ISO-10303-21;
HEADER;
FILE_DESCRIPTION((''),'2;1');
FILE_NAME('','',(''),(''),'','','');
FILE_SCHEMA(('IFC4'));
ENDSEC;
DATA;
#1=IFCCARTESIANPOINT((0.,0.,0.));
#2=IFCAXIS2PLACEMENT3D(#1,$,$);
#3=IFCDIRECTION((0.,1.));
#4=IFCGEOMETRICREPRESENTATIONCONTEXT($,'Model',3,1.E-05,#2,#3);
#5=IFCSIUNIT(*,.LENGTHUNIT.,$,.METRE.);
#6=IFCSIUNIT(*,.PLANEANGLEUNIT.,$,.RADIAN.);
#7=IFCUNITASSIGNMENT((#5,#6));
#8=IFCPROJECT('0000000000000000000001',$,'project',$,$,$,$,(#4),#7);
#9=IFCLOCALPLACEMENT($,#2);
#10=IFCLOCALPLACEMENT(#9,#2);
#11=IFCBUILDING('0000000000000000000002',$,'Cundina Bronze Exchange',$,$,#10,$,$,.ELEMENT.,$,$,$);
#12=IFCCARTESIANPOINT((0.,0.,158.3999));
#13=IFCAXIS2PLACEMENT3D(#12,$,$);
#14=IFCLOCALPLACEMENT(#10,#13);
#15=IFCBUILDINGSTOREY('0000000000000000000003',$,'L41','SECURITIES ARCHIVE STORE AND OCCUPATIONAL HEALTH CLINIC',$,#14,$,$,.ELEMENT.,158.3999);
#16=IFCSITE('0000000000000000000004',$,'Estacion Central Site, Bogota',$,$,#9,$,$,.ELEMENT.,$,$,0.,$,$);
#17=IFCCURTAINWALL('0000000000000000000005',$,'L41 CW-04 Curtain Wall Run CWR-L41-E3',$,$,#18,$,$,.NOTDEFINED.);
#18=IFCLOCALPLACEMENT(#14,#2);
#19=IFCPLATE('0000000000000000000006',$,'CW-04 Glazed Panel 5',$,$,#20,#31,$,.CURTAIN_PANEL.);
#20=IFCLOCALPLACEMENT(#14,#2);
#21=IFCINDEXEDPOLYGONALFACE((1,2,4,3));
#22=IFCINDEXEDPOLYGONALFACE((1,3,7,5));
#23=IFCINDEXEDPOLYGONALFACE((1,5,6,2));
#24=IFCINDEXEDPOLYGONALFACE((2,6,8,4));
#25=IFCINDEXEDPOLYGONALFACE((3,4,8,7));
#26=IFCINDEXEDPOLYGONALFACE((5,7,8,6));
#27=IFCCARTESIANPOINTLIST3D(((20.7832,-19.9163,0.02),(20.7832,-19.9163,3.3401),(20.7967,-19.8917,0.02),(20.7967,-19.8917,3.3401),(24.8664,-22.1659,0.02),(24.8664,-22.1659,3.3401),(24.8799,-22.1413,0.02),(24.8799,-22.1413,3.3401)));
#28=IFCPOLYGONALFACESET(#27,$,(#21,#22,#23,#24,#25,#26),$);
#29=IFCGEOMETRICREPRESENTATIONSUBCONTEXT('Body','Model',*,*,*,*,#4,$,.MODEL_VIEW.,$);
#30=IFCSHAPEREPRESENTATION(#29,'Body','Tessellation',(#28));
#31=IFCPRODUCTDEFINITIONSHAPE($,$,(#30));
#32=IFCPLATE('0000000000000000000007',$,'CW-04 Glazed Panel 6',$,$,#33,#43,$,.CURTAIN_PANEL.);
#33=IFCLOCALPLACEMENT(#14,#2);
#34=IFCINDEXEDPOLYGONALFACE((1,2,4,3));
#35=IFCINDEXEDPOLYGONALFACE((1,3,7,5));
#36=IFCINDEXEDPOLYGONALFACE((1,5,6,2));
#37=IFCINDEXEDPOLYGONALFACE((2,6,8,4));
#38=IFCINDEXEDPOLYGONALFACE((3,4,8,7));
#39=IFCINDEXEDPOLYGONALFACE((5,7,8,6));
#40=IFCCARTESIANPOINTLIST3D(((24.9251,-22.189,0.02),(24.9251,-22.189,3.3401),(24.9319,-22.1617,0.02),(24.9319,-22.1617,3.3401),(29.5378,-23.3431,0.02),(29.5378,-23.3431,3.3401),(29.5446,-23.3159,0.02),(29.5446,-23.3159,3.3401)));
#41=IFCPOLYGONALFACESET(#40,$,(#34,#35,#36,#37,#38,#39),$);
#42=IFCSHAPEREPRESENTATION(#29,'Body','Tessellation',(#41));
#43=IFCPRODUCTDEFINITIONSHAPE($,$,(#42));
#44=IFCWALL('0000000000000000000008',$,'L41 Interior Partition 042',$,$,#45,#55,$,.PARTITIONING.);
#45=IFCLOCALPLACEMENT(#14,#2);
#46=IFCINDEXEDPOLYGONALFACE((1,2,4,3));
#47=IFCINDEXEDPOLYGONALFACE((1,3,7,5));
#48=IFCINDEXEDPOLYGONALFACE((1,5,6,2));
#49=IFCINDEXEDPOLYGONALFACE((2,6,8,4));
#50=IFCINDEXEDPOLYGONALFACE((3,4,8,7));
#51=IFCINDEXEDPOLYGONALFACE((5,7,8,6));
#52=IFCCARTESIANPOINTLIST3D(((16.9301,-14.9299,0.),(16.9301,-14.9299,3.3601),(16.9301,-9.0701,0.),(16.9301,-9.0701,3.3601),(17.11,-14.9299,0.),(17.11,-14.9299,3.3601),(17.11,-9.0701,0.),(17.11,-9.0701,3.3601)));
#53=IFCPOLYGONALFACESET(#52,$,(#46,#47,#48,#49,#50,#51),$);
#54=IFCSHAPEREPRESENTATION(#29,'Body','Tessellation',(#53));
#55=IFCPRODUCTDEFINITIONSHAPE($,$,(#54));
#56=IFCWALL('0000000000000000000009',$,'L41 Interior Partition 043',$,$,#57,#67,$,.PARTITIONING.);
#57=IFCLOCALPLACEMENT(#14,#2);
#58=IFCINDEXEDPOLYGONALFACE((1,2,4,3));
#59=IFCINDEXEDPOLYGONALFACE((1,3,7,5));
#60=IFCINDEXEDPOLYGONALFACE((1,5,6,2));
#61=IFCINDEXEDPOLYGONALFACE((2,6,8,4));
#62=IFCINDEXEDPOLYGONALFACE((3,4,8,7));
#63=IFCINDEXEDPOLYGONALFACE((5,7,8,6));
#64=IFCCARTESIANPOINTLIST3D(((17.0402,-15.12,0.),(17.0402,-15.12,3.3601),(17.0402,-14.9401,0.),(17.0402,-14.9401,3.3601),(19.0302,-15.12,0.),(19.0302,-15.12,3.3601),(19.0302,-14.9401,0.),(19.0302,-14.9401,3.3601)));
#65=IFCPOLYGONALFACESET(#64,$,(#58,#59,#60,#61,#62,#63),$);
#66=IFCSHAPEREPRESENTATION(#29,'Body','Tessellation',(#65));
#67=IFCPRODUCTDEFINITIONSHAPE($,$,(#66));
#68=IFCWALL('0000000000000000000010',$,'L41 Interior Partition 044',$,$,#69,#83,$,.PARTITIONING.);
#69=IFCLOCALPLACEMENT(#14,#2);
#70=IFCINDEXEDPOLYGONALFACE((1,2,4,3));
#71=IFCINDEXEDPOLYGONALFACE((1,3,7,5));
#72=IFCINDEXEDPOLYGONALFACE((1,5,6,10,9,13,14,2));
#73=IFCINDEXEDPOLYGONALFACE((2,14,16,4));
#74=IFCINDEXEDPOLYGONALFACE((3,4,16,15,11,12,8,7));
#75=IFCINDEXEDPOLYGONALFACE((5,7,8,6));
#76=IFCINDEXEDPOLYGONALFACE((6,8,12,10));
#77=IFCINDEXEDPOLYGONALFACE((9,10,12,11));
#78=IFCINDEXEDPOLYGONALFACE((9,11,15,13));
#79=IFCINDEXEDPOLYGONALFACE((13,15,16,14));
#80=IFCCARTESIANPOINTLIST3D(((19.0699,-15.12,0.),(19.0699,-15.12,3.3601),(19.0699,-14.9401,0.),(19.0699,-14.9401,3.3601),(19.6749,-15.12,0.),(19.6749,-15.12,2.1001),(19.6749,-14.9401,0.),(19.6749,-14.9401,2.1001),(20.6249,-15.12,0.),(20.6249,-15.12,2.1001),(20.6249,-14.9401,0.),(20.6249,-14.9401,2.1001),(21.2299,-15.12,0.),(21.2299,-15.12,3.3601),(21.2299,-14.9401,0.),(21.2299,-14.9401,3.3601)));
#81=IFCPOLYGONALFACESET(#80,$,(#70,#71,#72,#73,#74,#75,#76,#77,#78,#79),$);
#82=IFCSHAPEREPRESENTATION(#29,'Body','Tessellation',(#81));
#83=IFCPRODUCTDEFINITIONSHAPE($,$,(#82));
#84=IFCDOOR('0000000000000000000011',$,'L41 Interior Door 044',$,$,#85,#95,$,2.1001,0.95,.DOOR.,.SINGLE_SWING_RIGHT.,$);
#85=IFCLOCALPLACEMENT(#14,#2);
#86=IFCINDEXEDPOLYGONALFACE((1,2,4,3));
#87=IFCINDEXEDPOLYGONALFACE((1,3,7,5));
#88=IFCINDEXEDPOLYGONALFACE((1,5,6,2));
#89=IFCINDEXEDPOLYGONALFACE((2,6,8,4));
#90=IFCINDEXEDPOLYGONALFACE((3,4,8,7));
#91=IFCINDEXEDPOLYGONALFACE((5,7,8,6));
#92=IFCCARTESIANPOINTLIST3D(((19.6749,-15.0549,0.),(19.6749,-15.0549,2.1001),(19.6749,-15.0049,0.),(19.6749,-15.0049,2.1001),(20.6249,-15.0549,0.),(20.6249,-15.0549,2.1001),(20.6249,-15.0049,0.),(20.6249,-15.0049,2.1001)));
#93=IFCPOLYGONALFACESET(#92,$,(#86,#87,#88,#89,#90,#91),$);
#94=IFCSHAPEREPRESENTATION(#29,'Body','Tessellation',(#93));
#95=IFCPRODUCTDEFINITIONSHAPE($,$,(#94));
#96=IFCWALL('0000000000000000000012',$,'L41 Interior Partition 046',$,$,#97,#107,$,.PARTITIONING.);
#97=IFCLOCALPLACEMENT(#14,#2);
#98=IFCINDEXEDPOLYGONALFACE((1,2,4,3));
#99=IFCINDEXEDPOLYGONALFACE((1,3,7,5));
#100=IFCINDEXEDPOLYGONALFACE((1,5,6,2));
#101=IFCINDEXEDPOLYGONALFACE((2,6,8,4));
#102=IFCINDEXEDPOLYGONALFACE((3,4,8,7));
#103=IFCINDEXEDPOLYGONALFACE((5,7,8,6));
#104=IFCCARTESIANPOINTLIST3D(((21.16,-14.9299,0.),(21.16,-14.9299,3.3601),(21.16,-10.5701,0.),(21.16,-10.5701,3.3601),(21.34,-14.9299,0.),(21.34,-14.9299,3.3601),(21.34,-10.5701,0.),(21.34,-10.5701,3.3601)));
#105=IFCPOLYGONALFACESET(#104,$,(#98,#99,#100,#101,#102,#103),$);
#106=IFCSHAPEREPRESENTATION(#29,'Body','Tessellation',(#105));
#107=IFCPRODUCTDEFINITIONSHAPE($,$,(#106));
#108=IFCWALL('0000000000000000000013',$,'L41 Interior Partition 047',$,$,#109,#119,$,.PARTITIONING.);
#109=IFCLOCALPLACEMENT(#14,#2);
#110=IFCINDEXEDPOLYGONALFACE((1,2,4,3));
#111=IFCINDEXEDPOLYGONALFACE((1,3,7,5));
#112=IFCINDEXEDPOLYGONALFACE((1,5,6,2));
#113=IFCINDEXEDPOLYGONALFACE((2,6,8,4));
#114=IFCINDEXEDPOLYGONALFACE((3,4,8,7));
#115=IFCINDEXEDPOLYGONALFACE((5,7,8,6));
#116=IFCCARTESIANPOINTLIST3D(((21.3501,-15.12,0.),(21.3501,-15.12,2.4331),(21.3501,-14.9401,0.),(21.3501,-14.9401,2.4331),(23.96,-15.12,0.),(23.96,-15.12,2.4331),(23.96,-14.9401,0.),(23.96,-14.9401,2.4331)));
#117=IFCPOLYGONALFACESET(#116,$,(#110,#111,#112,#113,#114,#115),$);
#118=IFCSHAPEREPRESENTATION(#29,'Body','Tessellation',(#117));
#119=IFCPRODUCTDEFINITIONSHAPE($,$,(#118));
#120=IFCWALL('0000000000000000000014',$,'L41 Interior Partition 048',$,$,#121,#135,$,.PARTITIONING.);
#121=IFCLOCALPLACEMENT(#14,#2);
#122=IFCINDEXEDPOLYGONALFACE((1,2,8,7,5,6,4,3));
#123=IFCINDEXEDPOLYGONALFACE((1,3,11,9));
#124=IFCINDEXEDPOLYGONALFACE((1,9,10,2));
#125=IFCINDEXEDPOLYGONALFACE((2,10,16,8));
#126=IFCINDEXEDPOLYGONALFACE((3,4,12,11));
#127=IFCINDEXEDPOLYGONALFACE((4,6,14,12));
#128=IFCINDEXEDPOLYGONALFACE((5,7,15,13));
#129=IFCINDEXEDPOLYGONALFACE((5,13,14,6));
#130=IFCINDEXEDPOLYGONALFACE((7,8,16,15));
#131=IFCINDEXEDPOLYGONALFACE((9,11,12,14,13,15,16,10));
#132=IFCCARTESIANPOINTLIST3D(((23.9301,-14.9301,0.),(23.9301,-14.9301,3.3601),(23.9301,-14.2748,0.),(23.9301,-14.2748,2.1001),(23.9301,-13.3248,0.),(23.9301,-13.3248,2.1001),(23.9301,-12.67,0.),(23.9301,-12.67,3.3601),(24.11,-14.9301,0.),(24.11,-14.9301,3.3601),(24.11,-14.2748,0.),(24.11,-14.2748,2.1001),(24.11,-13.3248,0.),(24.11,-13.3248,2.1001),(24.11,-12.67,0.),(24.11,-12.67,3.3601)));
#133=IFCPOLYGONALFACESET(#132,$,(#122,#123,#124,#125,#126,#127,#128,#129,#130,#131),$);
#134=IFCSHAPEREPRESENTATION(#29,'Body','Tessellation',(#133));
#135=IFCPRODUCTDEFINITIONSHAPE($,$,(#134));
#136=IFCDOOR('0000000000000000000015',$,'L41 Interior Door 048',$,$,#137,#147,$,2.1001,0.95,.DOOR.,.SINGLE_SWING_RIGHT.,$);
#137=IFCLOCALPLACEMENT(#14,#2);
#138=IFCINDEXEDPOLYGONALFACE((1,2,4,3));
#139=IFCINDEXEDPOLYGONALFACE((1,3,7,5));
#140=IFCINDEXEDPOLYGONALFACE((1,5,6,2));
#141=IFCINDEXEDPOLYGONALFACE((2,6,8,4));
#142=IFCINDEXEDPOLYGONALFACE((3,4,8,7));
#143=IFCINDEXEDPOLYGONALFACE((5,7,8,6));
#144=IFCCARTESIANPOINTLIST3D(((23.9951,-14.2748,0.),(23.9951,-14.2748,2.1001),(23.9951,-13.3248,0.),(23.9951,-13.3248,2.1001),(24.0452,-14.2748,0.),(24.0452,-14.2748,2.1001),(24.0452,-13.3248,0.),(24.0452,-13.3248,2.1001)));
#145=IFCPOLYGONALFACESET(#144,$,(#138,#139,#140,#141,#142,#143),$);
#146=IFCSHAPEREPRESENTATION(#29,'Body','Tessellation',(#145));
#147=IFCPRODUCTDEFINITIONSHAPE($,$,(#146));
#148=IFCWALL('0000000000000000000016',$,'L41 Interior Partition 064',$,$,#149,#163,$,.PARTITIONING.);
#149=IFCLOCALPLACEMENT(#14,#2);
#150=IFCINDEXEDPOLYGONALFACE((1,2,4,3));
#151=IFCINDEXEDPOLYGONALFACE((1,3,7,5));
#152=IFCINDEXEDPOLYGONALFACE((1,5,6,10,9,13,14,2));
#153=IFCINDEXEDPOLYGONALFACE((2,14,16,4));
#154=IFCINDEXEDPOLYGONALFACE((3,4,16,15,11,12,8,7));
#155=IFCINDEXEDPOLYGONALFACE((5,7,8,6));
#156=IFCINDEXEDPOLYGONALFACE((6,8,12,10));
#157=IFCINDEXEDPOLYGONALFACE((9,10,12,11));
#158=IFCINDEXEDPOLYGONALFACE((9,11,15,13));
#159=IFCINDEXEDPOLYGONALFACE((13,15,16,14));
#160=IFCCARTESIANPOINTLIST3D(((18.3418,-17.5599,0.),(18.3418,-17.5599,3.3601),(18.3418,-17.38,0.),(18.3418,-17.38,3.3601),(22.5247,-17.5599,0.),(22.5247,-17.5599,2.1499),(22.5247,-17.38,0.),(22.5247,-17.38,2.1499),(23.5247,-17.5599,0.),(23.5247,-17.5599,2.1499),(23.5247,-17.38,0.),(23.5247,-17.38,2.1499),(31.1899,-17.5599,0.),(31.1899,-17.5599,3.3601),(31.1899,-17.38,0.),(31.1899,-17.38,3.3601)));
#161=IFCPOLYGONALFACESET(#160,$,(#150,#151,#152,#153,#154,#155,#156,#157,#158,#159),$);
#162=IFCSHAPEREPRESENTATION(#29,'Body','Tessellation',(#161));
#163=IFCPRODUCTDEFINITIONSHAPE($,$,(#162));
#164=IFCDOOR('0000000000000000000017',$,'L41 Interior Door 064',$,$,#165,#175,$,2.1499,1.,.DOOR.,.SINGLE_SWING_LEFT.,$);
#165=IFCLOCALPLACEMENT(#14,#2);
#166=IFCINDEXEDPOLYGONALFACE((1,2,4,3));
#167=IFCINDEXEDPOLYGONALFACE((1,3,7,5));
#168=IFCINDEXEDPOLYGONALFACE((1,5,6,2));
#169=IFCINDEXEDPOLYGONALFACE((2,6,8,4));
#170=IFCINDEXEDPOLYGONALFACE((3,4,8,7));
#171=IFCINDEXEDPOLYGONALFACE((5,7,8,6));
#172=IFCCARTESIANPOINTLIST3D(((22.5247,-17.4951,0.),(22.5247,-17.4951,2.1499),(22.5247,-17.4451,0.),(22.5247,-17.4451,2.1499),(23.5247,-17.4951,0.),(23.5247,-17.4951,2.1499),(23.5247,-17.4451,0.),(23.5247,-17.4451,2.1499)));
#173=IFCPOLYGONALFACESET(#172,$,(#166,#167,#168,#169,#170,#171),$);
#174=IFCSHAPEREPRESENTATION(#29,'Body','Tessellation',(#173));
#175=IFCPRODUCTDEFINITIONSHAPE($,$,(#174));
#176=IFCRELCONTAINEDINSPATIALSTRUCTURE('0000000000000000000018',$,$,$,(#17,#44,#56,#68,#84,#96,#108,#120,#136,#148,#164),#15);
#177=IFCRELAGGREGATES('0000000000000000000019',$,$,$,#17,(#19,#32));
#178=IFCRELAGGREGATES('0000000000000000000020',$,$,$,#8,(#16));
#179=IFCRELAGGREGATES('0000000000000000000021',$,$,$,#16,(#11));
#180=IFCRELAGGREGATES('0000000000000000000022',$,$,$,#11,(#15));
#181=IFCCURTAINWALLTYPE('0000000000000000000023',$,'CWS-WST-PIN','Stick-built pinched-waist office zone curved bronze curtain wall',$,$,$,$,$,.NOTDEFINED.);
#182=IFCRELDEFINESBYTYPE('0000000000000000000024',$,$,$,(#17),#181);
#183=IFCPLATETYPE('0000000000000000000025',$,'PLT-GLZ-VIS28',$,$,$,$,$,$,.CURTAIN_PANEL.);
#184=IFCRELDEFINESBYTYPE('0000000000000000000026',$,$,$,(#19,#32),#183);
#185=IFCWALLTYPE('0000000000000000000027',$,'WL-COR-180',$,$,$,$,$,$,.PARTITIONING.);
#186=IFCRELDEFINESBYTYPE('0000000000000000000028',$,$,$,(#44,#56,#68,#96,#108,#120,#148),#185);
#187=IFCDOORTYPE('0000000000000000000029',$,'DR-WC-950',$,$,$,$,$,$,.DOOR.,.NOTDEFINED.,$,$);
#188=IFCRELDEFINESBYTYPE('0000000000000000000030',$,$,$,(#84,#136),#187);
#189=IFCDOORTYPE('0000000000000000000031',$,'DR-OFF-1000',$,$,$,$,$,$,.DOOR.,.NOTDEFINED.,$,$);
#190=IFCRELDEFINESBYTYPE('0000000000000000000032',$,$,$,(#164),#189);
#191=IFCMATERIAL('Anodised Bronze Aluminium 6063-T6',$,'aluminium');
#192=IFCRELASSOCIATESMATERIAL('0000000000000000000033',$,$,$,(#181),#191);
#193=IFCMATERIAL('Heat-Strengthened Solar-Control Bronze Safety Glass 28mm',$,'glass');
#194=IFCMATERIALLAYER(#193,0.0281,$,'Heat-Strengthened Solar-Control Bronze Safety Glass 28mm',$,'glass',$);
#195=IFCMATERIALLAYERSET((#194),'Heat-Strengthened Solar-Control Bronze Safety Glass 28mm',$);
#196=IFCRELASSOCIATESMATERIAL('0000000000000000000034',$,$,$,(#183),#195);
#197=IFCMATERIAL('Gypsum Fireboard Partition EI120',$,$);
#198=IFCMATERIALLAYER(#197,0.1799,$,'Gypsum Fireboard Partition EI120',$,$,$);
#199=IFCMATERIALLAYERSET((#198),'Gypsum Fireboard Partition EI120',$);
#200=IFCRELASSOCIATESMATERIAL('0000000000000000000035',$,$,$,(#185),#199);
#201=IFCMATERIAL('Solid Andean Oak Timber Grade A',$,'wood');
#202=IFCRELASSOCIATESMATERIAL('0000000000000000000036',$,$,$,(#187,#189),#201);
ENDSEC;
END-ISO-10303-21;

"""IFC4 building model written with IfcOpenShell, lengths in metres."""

from ifc_helpers import new_model, si_unit, direction, frame, frame_2d, origin, origin_2d, place, context, subcontext, project, spatial, rectangle, extrude, material, layer, layer_set, type_object, element, fill, aggregate, save


model = new_model("IFC4")

# Units and contexts
model_context = context("Model", 3, precision=1e-05, world=origin(), true_north=direction((0.0, 1.0)))
body_context = subcontext(model_context, "Body", "Model", "MODEL_VIEW")
ifc_project = project(units=[si_unit("LENGTHUNIT", "METRE"), si_unit("PLANEANGLEUNIT", "RADIAN")], contexts=[model_context])

# Site, building, storey
site_placement = place(None, origin())
site = spatial("IfcSite", under=ifc_project, at=site_placement, Name="Estacion Central Site, Bogota", CompositionType="ELEMENT", RefElevation=0.0)
building_placement = place(site_placement, origin())
building = spatial("IfcBuilding", under=site, at=building_placement, Name="Cundina Bronze Exchange", CompositionType="ELEMENT")
storey_placement = place(building_placement, frame((0.0, 0.0, 158.3999)))
storey = spatial("IfcBuildingStorey", under=building, at=storey_placement, Name="L41", Description="SECURITIES ARCHIVE STORE AND OCCUPATIONAL HEALTH CLINIC", CompositionType="ELEMENT", Elevation=158.3999)

# Curtain wall, plates
ifc_material_1 = material(Name="Anodised Bronze Aluminium 6063-T6", Category="aluminium")
curtain_wall_type = type_object("IfcCurtainWallType", Name="CWS-WST-PIN", Description="Stick-built pinched-waist office zone curved bronze curtain wall", PredefinedType="NOTDEFINED", material=ifc_material_1)
curtain_wall_placement = place(storey_placement, origin())
curtain_wall = element("IfcCurtainWall", 1, at=curtain_wall_placement, inside=storey, type_object=curtain_wall_type, Name="L41 CW-04 Curtain Wall Run CWR-L41-E3", PredefinedType="NOTDEFINED")
ifc_material_2 = material(Name="Heat-Strengthened Solar-Control Bronze Safety Glass 28mm", Category="glass")
ifc_layer_1 = layer(ifc_material_2, 0.0281, Name="Heat-Strengthened Solar-Control Bronze Safety Glass 28mm", Category="glass")
ifc_layer_set_1 = layer_set([ifc_layer_1], Name="Heat-Strengthened Solar-Control Bronze Safety Glass 28mm")
plate_type = type_object("IfcPlateType", Name="PLT-GLZ-VIS28", PredefinedType="CURTAIN_PANEL", material=ifc_layer_set_1)
plate_1_placement = place(storey_placement, frame((22.8315, -21.0288, 0.02), z_axis=(0.0, 0.0, 1.0), x_axis=(0.875869, -0.482549, 0.0)))
plate_1 = element("IfcPlate", 2, at=plate_1_placement, type_object=plate_type, Name="CW-04 Glazed Panel 5", PredefinedType="CURTAIN_PANEL", context=body_context, shape_type="SweptSolid", body=[
    extrude(rectangle(XDim=4.6619, YDim=0.0281, at=origin_2d()), origin(), (0.0, 0.0, 1.0), 3.3201),
])
plate_2_placement = place(storey_placement, frame((27.2349, -22.7524, 0.02), z_axis=(0.0, 0.0, 1.0), x_axis=(0.970093, -0.242735, 0.0)))
plate_2 = element("IfcPlate", 3, at=plate_2_placement, type_object=plate_type, Name="CW-04 Glazed Panel 6", PredefinedType="CURTAIN_PANEL", context=body_context, shape_type="SweptSolid", body=[
    extrude(rectangle(XDim=4.7549, YDim=0.0281, at=origin_2d()), origin(), (0.0, 0.0, 1.0), 3.3201),
])
aggregate(curtain_wall, [plate_1, plate_2])

# Walls
ifc_material_3 = material(Name="Gypsum Fireboard Partition EI120")
ifc_layer_2 = layer(ifc_material_3, 0.1799, Name="Gypsum Fireboard Partition EI120")
ifc_layer_set_2 = layer_set([ifc_layer_2], Name="Gypsum Fireboard Partition EI120")
wall_type_1 = type_object("IfcWallType", Name="WL-COR-180", PredefinedType="PARTITIONING", material=ifc_layer_set_2)
wall_1_placement = place(storey_placement, frame((17.02, -14.9299, 0.0), z_axis=(0.0, 0.0, 1.0), x_axis=(0.0, 1.0, 0.0)))
element("IfcWall", 4, at=wall_1_placement, inside=storey, type_object=wall_type_1, Name="L41 Interior Partition 042", PredefinedType="PARTITIONING", context=body_context, shape_type="SweptSolid", body=[
    extrude(rectangle(XDim=5.8599, YDim=0.1799, at=frame_2d((2.9299, 0.0))), origin(), (0.0, 0.0, 1.0), 3.3601),
])
wall_2_placement = place(storey_placement, frame((17.04, -15.03, 0.0), z_axis=(0.0, 0.0, 1.0), x_axis=(1.0, 0.0, 0.0)))
element("IfcWall", 5, at=wall_2_placement, inside=storey, type_object=wall_type_1, Name="L41 Interior Partition 043", PredefinedType="PARTITIONING", context=body_context, shape_type="SweptSolid", body=[
    extrude(rectangle(XDim=1.99, YDim=0.1799, at=frame_2d((0.9951, 0.0))), origin(), (0.0, 0.0, 1.0), 3.3601),
])

# Wall, opening, door
wall_3_placement = place(storey_placement, frame((21.23, -15.03, 0.0), z_axis=(0.0, 0.0, 1.0), x_axis=(-1.0, 0.0, 0.0)))
wall_3 = element("IfcWall", 6, at=wall_3_placement, inside=storey, type_object=wall_type_1, Name="L41 Interior Partition 044", PredefinedType="PARTITIONING", context=body_context, shape_type="SweptSolid", body=[
    extrude(rectangle(XDim=2.1599, YDim=0.1799, at=frame_2d((1.0801, 0.0))), origin(), (0.0, 0.0, 1.0), 3.3601),
])
opening_1_placement = place(wall_3_placement, frame((0.605, 0.0, 0.0)))
opening_1 = element("IfcOpeningElement", 7, at=opening_1_placement, cuts=wall_3, PredefinedType="OPENING", context=body_context, shape_type="SweptSolid", body=[
    extrude(rectangle(XDim=0.95, YDim=2.1001, at=frame_2d((0.4751, 1.05))), frame((0.0, 0.0999, 0.0), z_axis=(0.0, -1.0, 0.0), x_axis=(1.0, 0.0, 0.0)), (0.0, 0.0, 1.0), 0.2),
])
ifc_material_4 = material(Name="Solid Andean Oak Timber Grade A", Category="wood")
door_type_1 = type_object("IfcDoorType", Name="DR-WC-950", OperationType="NOTDEFINED", PredefinedType="DOOR", material=ifc_material_4)
door_1_placement = place(opening_1_placement, origin())
door_1 = element("IfcDoor", 8, at=door_1_placement, inside=storey, type_object=door_type_1, Name="L41 Interior Door 044", OperationType="SINGLE_SWING_RIGHT", OverallHeight=2.1001, OverallWidth=0.95, PredefinedType="DOOR", context=body_context, shape_type="SweptSolid", body=[
    extrude(rectangle(XDim=0.95, YDim=2.1001, at=frame_2d((0.4751, 1.05))), frame((0.0, 0.0249, 0.0), z_axis=(0.0, -1.0, 0.0), x_axis=(1.0, 0.0, 0.0)), (0.0, 0.0, 1.0), 0.05),
])
fill(opening_1, door_1)

# Walls
wall_4_placement = place(storey_placement, frame((21.25, -14.9299, 0.0), z_axis=(0.0, 0.0, 1.0), x_axis=(0.0, 1.0, 0.0)))
element("IfcWall", 9, at=wall_4_placement, inside=storey, type_object=wall_type_1, Name="L41 Interior Partition 046", PredefinedType="PARTITIONING", context=body_context, shape_type="SweptSolid", body=[
    extrude(rectangle(XDim=4.3599, YDim=0.1799, at=frame_2d((2.1799, 0.0))), origin(), (0.0, 0.0, 1.0), 3.3601),
])
wall_5_placement = place(storey_placement, frame((21.3501, -15.03, 0.0), z_axis=(0.0, 0.0, 1.0), x_axis=(1.0, 0.0, 0.0)))
element("IfcWall", 10, at=wall_5_placement, inside=storey, type_object=wall_type_1, Name="L41 Interior Partition 047", PredefinedType="PARTITIONING", context=body_context, shape_type="SweptSolid", body=[
    extrude(rectangle(XDim=2.6099, YDim=0.1799, at=frame_2d((1.3049, 0.0))), origin(), (0.0, 0.0, 1.0), 2.4331),
])

# Walls, openings, doors
wall_6_placement = place(storey_placement, frame((24.02, -14.9299, 0.0), z_axis=(0.0, 0.0, 1.0), x_axis=(0.0, 1.0, 0.0)))
wall_6 = element("IfcWall", 11, at=wall_6_placement, inside=storey, type_object=wall_type_1, Name="L41 Interior Partition 048", PredefinedType="PARTITIONING", context=body_context, shape_type="SweptSolid", body=[
    extrude(rectangle(XDim=2.26, YDim=0.1799, at=frame_2d((1.1299, 0.0))), origin(), (0.0, 0.0, 1.0), 3.3601),
])
opening_2_placement = place(wall_6_placement, frame((0.655, 0.0, 0.0)))
opening_2 = element("IfcOpeningElement", 12, at=opening_2_placement, cuts=wall_6, PredefinedType="OPENING", context=body_context, shape_type="SweptSolid", body=[
    extrude(rectangle(XDim=0.95, YDim=2.1001, at=frame_2d((0.4751, 1.05))), frame((0.0, 0.0999, 0.0), z_axis=(0.0, -1.0, 0.0), x_axis=(1.0, 0.0, 0.0)), (0.0, 0.0, 1.0), 0.2),
])
door_2_placement = place(opening_2_placement, origin())
door_2 = element("IfcDoor", 13, at=door_2_placement, inside=storey, type_object=door_type_1, Name="L41 Interior Door 048", OperationType="SINGLE_SWING_RIGHT", OverallHeight=2.1001, OverallWidth=0.95, PredefinedType="DOOR", context=body_context, shape_type="SweptSolid", body=[
    extrude(rectangle(XDim=0.95, YDim=2.1001, at=frame_2d((0.4751, 1.05))), frame((0.0, 0.0249, 0.0), z_axis=(0.0, -1.0, 0.0), x_axis=(1.0, 0.0, 0.0)), (0.0, 0.0, 1.0), 0.05),
])
fill(opening_2, door_2)
wall_7_placement = place(storey_placement, frame((18.3418, -17.47, 0.0), z_axis=(0.0, 0.0, 1.0), x_axis=(1.0, 0.0, 0.0)))
wall_7 = element("IfcWall", 14, at=wall_7_placement, inside=storey, type_object=wall_type_1, Name="L41 Interior Partition 064", PredefinedType="PARTITIONING", context=body_context, shape_type="SweptSolid", body=[
    extrude(rectangle(XDim=12.8481, YDim=0.1799, at=frame_2d((6.4241, 0.0))), origin(), (0.0, 0.0, 1.0), 3.3601),
])
opening_3_placement = place(wall_7_placement, frame((4.1829, 0.0, 0.0)))
opening_3 = element("IfcOpeningElement", 15, at=opening_3_placement, cuts=wall_7, PredefinedType="OPENING", context=body_context, shape_type="SweptSolid", body=[
    extrude(rectangle(XDim=1.0, YDim=2.1499, at=frame_2d((0.5, 1.075))), frame((0.0, 0.0999, 0.0), z_axis=(0.0, -1.0, 0.0), x_axis=(1.0, 0.0, 0.0)), (0.0, 0.0, 1.0), 0.2),
])
door_type_2 = type_object("IfcDoorType", Name="DR-OFF-1000", OperationType="NOTDEFINED", PredefinedType="DOOR", material=ifc_material_4)
door_3_placement = place(opening_3_placement, origin())
door_3 = element("IfcDoor", 16, at=door_3_placement, inside=storey, type_object=door_type_2, Name="L41 Interior Door 064", OperationType="SINGLE_SWING_LEFT", OverallHeight=2.1499, OverallWidth=1.0, PredefinedType="DOOR", context=body_context, shape_type="SweptSolid", body=[
    extrude(rectangle(XDim=1.0, YDim=2.1499, at=frame_2d((0.5, 1.075))), frame((0.0, 0.0249, 0.0), z_axis=(0.0, -1.0, 0.0), x_axis=(1.0, 0.0, 0.0)), (0.0, 0.0, 1.0), 0.05),
])
fill(opening_3, door_3)

save(model, "model.ifc")
